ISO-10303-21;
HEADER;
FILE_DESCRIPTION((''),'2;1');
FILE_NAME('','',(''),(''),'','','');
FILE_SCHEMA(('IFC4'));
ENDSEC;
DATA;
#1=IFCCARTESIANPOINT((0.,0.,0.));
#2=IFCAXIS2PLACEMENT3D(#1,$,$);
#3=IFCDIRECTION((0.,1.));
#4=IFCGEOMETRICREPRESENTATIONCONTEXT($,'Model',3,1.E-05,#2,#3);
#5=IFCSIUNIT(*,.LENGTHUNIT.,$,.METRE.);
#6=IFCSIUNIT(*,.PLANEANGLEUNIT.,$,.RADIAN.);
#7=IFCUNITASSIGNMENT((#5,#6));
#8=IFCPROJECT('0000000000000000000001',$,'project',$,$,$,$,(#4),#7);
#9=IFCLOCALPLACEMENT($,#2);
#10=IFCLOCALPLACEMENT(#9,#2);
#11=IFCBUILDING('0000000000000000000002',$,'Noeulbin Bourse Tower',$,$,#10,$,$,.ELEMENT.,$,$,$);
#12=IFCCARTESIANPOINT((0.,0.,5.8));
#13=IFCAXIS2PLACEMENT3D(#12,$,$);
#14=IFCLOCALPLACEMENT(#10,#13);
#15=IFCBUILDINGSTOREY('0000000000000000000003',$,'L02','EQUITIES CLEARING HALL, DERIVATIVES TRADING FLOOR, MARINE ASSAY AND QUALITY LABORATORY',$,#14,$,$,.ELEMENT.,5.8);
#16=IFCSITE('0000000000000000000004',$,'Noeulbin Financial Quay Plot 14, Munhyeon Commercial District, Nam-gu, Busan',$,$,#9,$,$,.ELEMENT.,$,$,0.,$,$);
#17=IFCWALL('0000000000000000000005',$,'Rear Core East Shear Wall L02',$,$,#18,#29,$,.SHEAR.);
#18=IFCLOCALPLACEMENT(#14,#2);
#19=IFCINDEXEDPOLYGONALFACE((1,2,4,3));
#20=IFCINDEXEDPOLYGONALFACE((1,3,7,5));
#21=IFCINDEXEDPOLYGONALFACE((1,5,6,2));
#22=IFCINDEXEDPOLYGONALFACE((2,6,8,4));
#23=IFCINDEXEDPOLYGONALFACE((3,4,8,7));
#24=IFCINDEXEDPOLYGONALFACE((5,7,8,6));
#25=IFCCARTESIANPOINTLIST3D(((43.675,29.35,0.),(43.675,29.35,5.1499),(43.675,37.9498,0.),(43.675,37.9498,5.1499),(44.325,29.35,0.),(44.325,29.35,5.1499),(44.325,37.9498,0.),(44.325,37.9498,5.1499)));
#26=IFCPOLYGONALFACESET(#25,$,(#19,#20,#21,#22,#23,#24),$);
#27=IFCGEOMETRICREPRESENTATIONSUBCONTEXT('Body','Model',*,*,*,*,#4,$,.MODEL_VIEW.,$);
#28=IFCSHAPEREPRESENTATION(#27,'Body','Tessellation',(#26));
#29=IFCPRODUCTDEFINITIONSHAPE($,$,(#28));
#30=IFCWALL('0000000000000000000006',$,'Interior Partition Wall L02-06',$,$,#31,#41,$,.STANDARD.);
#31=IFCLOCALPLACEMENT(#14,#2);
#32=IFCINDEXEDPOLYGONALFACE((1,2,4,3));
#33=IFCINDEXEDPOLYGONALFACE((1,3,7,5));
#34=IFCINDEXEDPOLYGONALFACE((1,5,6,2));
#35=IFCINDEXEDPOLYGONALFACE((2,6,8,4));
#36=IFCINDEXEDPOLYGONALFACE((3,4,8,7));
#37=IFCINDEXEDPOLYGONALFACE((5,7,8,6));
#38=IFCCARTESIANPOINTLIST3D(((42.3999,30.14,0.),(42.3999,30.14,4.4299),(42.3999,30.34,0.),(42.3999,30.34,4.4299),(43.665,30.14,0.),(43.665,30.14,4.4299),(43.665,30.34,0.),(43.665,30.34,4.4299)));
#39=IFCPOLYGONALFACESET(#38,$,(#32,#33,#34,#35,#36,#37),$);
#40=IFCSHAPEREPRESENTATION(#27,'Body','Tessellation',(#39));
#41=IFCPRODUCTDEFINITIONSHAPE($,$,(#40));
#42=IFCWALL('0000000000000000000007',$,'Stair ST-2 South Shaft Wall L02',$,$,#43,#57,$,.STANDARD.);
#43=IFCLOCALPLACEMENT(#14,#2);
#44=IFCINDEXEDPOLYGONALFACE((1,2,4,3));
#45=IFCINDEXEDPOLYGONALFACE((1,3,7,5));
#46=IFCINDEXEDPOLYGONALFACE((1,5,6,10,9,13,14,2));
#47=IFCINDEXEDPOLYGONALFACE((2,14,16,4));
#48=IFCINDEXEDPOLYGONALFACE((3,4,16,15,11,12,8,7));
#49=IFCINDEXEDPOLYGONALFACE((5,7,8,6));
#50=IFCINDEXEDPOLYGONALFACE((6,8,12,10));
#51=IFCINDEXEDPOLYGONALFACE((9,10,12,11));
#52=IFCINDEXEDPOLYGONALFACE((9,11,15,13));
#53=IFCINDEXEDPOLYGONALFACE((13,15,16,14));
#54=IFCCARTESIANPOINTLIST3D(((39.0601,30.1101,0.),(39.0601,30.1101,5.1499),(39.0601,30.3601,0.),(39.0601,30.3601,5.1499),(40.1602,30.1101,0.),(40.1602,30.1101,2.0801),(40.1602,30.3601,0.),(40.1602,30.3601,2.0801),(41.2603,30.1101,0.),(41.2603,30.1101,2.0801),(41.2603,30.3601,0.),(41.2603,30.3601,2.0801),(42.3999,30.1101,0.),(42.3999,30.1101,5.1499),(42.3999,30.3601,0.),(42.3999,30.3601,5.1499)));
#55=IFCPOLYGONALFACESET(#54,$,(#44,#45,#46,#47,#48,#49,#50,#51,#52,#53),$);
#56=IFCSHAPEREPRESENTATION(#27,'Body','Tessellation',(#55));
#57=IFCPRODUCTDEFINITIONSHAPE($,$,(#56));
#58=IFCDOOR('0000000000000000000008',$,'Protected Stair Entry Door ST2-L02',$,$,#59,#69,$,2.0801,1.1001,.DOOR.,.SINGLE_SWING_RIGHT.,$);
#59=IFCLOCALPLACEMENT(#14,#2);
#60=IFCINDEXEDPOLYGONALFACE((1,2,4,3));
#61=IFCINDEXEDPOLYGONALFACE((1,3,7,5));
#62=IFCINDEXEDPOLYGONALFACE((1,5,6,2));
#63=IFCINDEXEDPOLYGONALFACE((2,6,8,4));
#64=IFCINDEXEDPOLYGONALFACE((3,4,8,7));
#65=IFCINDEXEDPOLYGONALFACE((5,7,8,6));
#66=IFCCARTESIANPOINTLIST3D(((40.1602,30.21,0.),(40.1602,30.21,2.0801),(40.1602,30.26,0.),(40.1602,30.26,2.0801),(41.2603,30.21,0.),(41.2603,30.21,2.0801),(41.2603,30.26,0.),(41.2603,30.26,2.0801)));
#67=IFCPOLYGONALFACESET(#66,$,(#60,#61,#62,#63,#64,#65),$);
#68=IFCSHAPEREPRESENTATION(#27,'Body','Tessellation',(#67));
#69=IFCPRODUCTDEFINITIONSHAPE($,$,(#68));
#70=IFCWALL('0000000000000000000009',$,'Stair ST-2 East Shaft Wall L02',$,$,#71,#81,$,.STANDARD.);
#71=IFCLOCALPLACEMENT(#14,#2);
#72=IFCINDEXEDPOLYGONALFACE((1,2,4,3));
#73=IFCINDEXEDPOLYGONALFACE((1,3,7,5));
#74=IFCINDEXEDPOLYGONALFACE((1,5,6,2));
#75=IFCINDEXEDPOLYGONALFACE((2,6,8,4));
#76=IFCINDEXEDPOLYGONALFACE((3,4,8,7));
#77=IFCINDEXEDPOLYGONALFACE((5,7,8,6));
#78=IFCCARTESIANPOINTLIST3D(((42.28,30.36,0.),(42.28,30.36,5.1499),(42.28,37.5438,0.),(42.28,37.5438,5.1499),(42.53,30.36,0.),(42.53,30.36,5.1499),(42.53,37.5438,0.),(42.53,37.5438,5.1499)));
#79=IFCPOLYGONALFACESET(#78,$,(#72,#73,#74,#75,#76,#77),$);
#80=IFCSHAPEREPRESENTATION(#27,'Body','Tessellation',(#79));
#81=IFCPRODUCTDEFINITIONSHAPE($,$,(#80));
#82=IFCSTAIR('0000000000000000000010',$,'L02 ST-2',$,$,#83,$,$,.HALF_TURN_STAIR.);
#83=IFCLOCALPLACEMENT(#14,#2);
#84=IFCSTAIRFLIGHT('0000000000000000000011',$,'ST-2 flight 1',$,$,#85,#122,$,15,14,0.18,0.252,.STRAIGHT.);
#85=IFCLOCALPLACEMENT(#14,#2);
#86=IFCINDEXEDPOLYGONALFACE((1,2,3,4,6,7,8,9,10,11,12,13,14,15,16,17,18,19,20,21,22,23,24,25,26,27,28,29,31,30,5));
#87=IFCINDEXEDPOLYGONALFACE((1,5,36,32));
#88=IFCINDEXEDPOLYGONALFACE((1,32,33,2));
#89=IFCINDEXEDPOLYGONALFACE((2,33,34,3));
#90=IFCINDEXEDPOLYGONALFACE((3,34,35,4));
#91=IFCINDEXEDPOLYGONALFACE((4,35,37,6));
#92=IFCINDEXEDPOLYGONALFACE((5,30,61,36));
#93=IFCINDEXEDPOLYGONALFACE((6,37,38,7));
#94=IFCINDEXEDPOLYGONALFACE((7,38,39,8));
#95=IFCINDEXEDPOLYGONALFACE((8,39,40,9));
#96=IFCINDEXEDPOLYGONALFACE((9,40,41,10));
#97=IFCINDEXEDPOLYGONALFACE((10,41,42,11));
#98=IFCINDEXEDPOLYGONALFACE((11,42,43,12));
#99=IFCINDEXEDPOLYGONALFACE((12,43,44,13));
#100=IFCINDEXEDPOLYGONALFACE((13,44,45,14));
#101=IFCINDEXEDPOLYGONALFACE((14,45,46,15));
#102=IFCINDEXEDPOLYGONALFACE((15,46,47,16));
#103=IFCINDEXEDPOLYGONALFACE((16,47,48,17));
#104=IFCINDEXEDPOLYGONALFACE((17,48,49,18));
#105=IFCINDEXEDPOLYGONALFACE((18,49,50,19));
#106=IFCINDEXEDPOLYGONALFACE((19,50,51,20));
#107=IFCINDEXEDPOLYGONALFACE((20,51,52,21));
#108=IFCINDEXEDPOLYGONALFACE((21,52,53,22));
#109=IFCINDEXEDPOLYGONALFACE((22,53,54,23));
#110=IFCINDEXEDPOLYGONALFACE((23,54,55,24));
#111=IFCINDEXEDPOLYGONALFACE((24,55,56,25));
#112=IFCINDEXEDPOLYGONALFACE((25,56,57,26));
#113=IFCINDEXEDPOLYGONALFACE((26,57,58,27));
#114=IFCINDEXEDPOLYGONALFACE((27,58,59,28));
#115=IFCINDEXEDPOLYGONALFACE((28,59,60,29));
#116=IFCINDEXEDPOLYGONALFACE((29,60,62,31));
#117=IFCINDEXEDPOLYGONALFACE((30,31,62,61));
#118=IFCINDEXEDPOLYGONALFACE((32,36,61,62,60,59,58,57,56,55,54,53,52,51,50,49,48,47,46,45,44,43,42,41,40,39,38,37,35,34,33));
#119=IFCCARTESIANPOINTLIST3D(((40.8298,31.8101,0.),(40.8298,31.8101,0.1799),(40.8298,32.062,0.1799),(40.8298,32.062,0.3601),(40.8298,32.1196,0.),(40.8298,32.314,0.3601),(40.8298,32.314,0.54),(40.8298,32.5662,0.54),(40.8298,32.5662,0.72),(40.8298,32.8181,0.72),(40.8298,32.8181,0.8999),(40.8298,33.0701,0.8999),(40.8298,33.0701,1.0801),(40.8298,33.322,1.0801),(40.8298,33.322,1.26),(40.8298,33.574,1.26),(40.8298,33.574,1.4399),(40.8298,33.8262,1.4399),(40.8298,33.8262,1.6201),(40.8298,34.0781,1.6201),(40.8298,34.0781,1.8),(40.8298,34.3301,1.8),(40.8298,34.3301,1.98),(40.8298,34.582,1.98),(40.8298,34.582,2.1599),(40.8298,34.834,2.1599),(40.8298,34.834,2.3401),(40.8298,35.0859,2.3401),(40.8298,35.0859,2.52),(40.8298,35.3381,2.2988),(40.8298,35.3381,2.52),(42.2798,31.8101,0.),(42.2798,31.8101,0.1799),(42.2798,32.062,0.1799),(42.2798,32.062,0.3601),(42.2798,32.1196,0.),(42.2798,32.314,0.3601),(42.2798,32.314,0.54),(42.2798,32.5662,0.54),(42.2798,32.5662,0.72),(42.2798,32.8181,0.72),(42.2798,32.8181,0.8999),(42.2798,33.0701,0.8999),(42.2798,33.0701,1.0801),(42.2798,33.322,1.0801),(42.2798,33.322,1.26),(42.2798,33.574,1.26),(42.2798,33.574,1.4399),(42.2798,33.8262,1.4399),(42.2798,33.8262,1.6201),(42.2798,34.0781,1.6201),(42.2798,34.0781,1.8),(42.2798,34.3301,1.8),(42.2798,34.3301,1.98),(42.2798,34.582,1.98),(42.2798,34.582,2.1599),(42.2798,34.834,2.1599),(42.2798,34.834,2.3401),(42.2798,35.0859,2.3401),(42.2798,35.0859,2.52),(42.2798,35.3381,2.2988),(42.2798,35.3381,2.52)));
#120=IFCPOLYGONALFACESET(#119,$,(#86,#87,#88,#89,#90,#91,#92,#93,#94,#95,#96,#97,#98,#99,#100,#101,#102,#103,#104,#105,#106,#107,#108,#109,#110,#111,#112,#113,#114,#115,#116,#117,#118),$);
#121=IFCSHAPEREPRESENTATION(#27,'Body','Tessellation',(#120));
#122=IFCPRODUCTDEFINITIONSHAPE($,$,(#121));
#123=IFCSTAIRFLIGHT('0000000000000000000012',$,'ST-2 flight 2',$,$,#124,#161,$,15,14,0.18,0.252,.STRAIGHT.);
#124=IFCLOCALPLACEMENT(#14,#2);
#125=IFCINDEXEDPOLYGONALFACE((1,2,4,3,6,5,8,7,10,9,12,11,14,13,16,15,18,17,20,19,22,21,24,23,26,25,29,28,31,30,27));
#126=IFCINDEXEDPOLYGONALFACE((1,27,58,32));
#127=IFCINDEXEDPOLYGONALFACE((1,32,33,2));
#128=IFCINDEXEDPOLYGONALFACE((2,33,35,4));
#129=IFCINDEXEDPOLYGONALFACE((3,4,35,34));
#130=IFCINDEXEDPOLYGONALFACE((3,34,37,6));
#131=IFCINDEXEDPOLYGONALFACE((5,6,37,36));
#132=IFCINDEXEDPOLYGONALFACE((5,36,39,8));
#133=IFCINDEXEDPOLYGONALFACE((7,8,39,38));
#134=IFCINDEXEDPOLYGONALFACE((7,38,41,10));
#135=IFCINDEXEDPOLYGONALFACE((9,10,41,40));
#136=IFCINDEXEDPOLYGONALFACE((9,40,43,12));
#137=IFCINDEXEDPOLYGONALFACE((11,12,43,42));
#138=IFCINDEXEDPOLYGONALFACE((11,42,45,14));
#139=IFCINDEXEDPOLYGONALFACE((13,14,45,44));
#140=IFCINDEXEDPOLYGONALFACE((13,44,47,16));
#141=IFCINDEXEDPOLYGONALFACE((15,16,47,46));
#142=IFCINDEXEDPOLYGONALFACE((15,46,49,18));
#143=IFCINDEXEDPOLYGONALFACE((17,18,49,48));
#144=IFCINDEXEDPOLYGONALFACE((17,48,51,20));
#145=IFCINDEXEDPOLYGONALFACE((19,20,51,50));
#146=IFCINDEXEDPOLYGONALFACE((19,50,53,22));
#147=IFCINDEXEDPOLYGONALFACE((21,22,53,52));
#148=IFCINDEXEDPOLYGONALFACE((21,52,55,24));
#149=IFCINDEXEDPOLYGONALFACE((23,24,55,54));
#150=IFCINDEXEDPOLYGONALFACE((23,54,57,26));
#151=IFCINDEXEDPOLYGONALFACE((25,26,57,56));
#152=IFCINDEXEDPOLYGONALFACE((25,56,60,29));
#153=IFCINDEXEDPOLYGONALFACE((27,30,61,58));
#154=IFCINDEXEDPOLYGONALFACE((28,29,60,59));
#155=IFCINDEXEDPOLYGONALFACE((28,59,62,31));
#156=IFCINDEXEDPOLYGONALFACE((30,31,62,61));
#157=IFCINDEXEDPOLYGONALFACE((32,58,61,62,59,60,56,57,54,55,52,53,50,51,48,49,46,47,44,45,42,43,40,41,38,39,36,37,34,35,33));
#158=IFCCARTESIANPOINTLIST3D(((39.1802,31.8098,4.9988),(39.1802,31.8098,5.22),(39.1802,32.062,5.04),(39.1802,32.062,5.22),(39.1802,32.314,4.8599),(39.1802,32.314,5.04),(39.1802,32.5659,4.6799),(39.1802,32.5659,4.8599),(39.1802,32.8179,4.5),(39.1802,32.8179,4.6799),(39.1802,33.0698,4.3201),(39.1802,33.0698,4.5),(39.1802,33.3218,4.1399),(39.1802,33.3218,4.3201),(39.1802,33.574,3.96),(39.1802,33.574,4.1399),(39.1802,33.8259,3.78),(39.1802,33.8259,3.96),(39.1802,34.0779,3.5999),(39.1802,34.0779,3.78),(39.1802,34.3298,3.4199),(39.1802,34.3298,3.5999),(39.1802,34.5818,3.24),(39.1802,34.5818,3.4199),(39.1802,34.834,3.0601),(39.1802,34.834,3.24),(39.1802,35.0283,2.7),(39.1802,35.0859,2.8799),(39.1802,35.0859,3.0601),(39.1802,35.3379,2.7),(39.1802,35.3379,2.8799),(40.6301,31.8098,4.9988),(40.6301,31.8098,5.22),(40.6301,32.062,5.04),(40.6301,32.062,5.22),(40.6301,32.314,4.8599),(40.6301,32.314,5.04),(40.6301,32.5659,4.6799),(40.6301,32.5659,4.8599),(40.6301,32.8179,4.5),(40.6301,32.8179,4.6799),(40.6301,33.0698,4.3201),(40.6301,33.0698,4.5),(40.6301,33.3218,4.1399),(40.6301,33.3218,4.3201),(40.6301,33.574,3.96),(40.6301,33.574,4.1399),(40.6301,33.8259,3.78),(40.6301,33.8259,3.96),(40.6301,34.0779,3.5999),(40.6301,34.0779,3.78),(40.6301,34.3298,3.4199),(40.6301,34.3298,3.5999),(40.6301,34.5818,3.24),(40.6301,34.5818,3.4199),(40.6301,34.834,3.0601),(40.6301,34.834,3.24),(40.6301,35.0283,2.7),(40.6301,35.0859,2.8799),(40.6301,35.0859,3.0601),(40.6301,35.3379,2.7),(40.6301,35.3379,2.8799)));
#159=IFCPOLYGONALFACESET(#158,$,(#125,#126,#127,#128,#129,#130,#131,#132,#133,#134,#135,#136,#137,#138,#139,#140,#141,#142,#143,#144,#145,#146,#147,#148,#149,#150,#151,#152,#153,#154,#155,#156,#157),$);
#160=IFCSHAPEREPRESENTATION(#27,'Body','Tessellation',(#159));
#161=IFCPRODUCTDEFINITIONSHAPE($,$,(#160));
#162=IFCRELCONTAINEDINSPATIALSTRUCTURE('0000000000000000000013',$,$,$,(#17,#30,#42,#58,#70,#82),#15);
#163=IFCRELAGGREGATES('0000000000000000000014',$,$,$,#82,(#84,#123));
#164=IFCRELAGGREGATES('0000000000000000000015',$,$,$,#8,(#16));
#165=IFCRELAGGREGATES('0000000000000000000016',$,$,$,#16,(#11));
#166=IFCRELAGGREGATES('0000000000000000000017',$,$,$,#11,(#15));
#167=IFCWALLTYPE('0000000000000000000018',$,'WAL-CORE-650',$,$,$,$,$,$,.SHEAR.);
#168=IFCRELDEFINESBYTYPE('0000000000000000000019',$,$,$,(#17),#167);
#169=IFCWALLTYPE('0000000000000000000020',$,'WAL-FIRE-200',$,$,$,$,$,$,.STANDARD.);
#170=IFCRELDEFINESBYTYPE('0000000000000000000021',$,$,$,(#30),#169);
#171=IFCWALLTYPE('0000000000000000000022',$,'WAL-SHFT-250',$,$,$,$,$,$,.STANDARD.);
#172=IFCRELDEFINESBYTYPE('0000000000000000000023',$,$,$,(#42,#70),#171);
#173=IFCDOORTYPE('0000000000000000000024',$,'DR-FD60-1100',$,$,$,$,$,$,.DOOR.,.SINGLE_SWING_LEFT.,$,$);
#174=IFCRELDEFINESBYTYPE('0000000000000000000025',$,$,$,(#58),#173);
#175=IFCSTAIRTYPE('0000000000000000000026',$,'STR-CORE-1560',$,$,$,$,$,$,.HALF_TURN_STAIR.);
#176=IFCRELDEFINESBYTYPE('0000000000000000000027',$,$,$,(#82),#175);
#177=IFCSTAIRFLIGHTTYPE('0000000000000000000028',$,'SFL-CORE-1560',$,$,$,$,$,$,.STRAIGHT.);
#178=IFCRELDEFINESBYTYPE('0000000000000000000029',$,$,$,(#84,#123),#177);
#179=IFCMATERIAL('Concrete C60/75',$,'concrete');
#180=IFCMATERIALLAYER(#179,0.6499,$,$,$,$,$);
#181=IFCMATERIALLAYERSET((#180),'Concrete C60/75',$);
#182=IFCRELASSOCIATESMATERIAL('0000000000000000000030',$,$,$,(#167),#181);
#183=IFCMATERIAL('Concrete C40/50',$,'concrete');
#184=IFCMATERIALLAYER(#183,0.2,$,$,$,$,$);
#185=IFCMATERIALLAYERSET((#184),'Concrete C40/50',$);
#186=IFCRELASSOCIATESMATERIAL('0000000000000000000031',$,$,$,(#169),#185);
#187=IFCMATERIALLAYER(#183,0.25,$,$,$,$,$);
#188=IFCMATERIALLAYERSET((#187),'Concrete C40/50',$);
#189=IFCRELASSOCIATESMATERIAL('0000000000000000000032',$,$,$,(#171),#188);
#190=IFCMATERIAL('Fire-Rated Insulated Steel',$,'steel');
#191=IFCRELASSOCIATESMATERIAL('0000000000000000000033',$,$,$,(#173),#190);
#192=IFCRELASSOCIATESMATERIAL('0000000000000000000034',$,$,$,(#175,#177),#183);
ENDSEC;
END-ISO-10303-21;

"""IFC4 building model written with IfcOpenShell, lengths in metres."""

from ifc_helpers import new_model, si_unit, direction, frame, frame_2d, origin, place, context, subcontext, project, spatial, polyline, rectangle, outline, extrude, material, layer, layer_set, type_object, element, fill, aggregate, save


model = new_model("IFC4")

# Units and contexts
model_context = context("Model", 3, precision=1e-05, world=origin(), true_north=direction((0.0, 1.0)))
body_context = subcontext(model_context, "Body", "Model", "MODEL_VIEW")
ifc_project = project(units=[si_unit("LENGTHUNIT", "METRE"), si_unit("PLANEANGLEUNIT", "RADIAN")], contexts=[model_context])

# Site, building, storey
site_placement = place(None, origin())
site = spatial("IfcSite", under=ifc_project, at=site_placement, Name="Noeulbin Financial Quay Plot 14, Munhyeon Commercial District, Nam-gu, Busan", CompositionType="ELEMENT", RefElevation=0.0)
building_placement = place(site_placement, origin())
building = spatial("IfcBuilding", under=site, at=building_placement, Name="Noeulbin Bourse Tower", CompositionType="ELEMENT")
storey_placement = place(building_placement, frame((0.0, 0.0, 5.8)))
storey = spatial("IfcBuildingStorey", under=building, at=storey_placement, Name="L02", Description="EQUITIES CLEARING HALL, DERIVATIVES TRADING FLOOR, MARINE ASSAY AND QUALITY LABORATORY", CompositionType="ELEMENT", Elevation=5.8)

# Shared definitions
ifc_material_1 = material(Name="Concrete C60/75", Category="concrete")

# Walls
ifc_layer_1 = layer(ifc_material_1, 0.6499)
ifc_layer_set_1 = layer_set([ifc_layer_1], Name="Concrete C60/75")
wall_type_1 = type_object("IfcWallType", Name="WAL-CORE-650", PredefinedType="SHEAR", material=ifc_layer_set_1)
wall_1_placement = place(storey_placement, frame((44.0, 29.3501, 0.0), z_axis=(0.0, 0.0, 1.0), x_axis=(0.0, 1.0, 0.0)))
element("IfcWall", 1, at=wall_1_placement, inside=storey, type_object=wall_type_1, Name="Rear Core East Shear Wall L02", PredefinedType="SHEAR", context=body_context, shape_type="SweptSolid", body=[
    extrude(rectangle(XDim=8.5999, YDim=0.6499, at=frame_2d((4.2998, 0.0))), origin(), (0.0, 0.0, 1.0), 5.1499),
])
ifc_material_2 = material(Name="Concrete C40/50", Category="concrete")
ifc_layer_2 = layer(ifc_material_2, 0.2)
ifc_layer_set_2 = layer_set([ifc_layer_2], Name="Concrete C40/50")
wall_type_2 = type_object("IfcWallType", Name="WAL-FIRE-200", PredefinedType="STANDARD", material=ifc_layer_set_2)
wall_2_placement = place(storey_placement, frame((42.3999, 30.24, 0.0), z_axis=(0.0, 0.0, 1.0), x_axis=(1.0, 0.0, 0.0)))
element("IfcWall", 2, at=wall_2_placement, inside=storey, type_object=wall_type_2, Name="Interior Partition Wall L02-06", PredefinedType="STANDARD", context=body_context, shape_type="SweptSolid", body=[
    extrude(rectangle(XDim=1.2651, YDim=0.2, at=frame_2d((0.6326, 0.0))), origin(), (0.0, 0.0, 1.0), 4.4299),
])

# Wall, opening, door
ifc_layer_3 = layer(ifc_material_2, 0.25)
ifc_layer_set_3 = layer_set([ifc_layer_3], Name="Concrete C40/50")
wall_type_3 = type_object("IfcWallType", Name="WAL-SHFT-250", PredefinedType="STANDARD", material=ifc_layer_set_3)
wall_3_placement = place(storey_placement, frame((39.0601, 30.2351, 0.0), z_axis=(0.0, 0.0, 1.0), x_axis=(1.0, 0.0, 0.0)))
wall_3 = element("IfcWall", 3, at=wall_3_placement, inside=storey, type_object=wall_type_3, Name="Stair ST-2 South Shaft Wall L02", PredefinedType="STANDARD", context=body_context, shape_type="SweptSolid", body=[
    extrude(rectangle(XDim=3.3398, YDim=0.25, at=frame_2d((1.6699, 0.0))), origin(), (0.0, 0.0, 1.0), 5.1499),
])
opening_placement = place(wall_3_placement, frame((1.1001, 0.0, 0.0)))
opening = element("IfcOpeningElement", 4, at=opening_placement, cuts=wall_3, PredefinedType="OPENING", context=body_context, shape_type="SweptSolid", body=[
    extrude(rectangle(XDim=1.1001, YDim=2.0801, at=frame_2d((0.55, 1.04))), frame((0.0, 0.135, 0.0), z_axis=(0.0, -1.0, 0.0), x_axis=(1.0, 0.0, 0.0)), (0.0, 0.0, 1.0), 0.27),
])
ifc_material_3 = material(Name="Fire-Rated Insulated Steel", Category="steel")
door_type = type_object("IfcDoorType", Name="DR-FD60-1100", OperationType="SINGLE_SWING_LEFT", PredefinedType="DOOR", material=ifc_material_3)
door_placement = place(opening_placement, origin())
door = element("IfcDoor", 5, at=door_placement, inside=storey, type_object=door_type, Name="Protected Stair Entry Door ST2-L02", OperationType="SINGLE_SWING_RIGHT", OverallHeight=2.0801, OverallWidth=1.1001, PredefinedType="DOOR", context=body_context, shape_type="SweptSolid", body=[
    extrude(rectangle(XDim=1.1001, YDim=2.0801, at=frame_2d((0.55, 1.04))), frame((0.0, 0.0249, 0.0), z_axis=(0.0, -1.0, 0.0), x_axis=(1.0, 0.0, 0.0)), (0.0, 0.0, 1.0), 0.05),
])
fill(opening, door)

# Wall
wall_4_placement = place(storey_placement, frame((42.405, 30.3601, 0.0), z_axis=(0.0, 0.0, 1.0), x_axis=(0.0, 1.0, 0.0)))
element("IfcWall", 6, at=wall_4_placement, inside=storey, type_object=wall_type_3, Name="Stair ST-2 East Shaft Wall L02", PredefinedType="STANDARD", context=body_context, shape_type="SweptSolid", body=[
    extrude(rectangle(XDim=7.1838, YDim=0.25, at=frame_2d((3.5918, 0.0))), origin(), (0.0, 0.0, 1.0), 5.1499),
])

# Stair, stair flights
stair_type = type_object("IfcStairType", Name="STR-CORE-1560", PredefinedType="HALF_TURN_STAIR", material=ifc_material_2)
stair_placement = place(storey_placement, origin())
stair = element("IfcStair", 7, at=stair_placement, inside=storey, type_object=stair_type, Name="L02 ST-2", PredefinedType="HALF_TURN_STAIR")
stair_flight_type = type_object("IfcStairFlightType", Name="SFL-CORE-1560", PredefinedType="STRAIGHT", material=ifc_material_2)
stair_flight_1_placement = place(storey_placement, frame((41.5549, 31.8101, 0.0), z_axis=(0.0, 0.0, 1.0), x_axis=(0.0, 1.0, 0.0)))
stair_flight_1 = element("IfcStairFlight", 8, at=stair_flight_1_placement, type_object=stair_flight_type, Name="ST-2 flight 1", NumberOfRisers=15, NumberOfTreads=14, PredefinedType="STRAIGHT", RiserHeight=0.18, TreadLength=0.252, context=body_context, shape_type="SweptSolid", body=[
    extrude(outline(polyline([(0.0, 0.0), (0.0, 0.1799), (0.252, 0.1799), (0.252, 0.3601), (0.5039, 0.3601), (0.5039, 0.54), (0.7561, 0.54), (0.7561, 0.72), (1.0081, 0.72), (1.0081, 0.8999), (1.26, 0.8999), (1.26, 1.0801), (1.512, 1.0801), (1.512, 1.26), (1.7639, 1.26), (1.7639, 1.4399), (2.0161, 1.4399), (2.0161, 1.6201), (2.2681, 1.6201), (2.2681, 1.8), (2.52, 1.8), (2.52, 1.98), (2.772, 1.98), (2.772, 2.1599), (3.0239, 2.1599), (3.0239, 2.3401), (3.2759, 2.3401), (3.2759, 2.52), (3.5281, 2.52), (3.5281, 2.7), (3.5281, 2.2988), (0.3096, 0.0), (0.0, 0.0)])), frame((0.0, 0.7251, 0.0), z_axis=(0.0, -1.0, 0.0), x_axis=(1.0, 0.0, 0.0)), (0.0, 0.0, 1.0), 1.45),
])
stair_flight_2_placement = place(storey_placement, frame((39.905, 35.3379, 2.7), z_axis=(0.0, 0.0, 1.0), x_axis=(0.0, -1.0, 0.0)))
stair_flight_2 = element("IfcStairFlight", 9, at=stair_flight_2_placement, type_object=stair_flight_type, Name="ST-2 flight 2", NumberOfRisers=15, NumberOfTreads=14, PredefinedType="STRAIGHT", RiserHeight=0.18, TreadLength=0.252, context=body_context, shape_type="SweptSolid", body=[
    extrude(outline(polyline([(0.0, 0.0), (0.0, 0.1799), (0.252, 0.1799), (0.252, 0.3601), (0.5039, 0.3601), (0.5039, 0.54), (0.7561, 0.54), (0.7561, 0.72), (1.0081, 0.72), (1.0081, 0.8999), (1.26, 0.8999), (1.26, 1.0801), (1.512, 1.0801), (1.512, 1.26), (1.7639, 1.26), (1.7639, 1.4399), (2.0161, 1.4399), (2.0161, 1.6201), (2.2681, 1.6201), (2.2681, 1.8), (2.52, 1.8), (2.52, 1.98), (2.772, 1.98), (2.772, 2.1599), (3.0239, 2.1599), (3.0239, 2.3401), (3.2759, 2.3401), (3.2759, 2.52), (3.5281, 2.52), (3.5281, 2.7), (3.5281, 2.2988), (0.3096, 0.0), (0.0, 0.0)])), frame((0.0, 0.7251, 0.0), z_axis=(0.0, -1.0, 0.0), x_axis=(1.0, 0.0, 0.0)), (0.0, 0.0, 1.0), 1.45),
])
aggregate(stair, [stair_flight_1, stair_flight_2])

save(model, "model.ifc")
